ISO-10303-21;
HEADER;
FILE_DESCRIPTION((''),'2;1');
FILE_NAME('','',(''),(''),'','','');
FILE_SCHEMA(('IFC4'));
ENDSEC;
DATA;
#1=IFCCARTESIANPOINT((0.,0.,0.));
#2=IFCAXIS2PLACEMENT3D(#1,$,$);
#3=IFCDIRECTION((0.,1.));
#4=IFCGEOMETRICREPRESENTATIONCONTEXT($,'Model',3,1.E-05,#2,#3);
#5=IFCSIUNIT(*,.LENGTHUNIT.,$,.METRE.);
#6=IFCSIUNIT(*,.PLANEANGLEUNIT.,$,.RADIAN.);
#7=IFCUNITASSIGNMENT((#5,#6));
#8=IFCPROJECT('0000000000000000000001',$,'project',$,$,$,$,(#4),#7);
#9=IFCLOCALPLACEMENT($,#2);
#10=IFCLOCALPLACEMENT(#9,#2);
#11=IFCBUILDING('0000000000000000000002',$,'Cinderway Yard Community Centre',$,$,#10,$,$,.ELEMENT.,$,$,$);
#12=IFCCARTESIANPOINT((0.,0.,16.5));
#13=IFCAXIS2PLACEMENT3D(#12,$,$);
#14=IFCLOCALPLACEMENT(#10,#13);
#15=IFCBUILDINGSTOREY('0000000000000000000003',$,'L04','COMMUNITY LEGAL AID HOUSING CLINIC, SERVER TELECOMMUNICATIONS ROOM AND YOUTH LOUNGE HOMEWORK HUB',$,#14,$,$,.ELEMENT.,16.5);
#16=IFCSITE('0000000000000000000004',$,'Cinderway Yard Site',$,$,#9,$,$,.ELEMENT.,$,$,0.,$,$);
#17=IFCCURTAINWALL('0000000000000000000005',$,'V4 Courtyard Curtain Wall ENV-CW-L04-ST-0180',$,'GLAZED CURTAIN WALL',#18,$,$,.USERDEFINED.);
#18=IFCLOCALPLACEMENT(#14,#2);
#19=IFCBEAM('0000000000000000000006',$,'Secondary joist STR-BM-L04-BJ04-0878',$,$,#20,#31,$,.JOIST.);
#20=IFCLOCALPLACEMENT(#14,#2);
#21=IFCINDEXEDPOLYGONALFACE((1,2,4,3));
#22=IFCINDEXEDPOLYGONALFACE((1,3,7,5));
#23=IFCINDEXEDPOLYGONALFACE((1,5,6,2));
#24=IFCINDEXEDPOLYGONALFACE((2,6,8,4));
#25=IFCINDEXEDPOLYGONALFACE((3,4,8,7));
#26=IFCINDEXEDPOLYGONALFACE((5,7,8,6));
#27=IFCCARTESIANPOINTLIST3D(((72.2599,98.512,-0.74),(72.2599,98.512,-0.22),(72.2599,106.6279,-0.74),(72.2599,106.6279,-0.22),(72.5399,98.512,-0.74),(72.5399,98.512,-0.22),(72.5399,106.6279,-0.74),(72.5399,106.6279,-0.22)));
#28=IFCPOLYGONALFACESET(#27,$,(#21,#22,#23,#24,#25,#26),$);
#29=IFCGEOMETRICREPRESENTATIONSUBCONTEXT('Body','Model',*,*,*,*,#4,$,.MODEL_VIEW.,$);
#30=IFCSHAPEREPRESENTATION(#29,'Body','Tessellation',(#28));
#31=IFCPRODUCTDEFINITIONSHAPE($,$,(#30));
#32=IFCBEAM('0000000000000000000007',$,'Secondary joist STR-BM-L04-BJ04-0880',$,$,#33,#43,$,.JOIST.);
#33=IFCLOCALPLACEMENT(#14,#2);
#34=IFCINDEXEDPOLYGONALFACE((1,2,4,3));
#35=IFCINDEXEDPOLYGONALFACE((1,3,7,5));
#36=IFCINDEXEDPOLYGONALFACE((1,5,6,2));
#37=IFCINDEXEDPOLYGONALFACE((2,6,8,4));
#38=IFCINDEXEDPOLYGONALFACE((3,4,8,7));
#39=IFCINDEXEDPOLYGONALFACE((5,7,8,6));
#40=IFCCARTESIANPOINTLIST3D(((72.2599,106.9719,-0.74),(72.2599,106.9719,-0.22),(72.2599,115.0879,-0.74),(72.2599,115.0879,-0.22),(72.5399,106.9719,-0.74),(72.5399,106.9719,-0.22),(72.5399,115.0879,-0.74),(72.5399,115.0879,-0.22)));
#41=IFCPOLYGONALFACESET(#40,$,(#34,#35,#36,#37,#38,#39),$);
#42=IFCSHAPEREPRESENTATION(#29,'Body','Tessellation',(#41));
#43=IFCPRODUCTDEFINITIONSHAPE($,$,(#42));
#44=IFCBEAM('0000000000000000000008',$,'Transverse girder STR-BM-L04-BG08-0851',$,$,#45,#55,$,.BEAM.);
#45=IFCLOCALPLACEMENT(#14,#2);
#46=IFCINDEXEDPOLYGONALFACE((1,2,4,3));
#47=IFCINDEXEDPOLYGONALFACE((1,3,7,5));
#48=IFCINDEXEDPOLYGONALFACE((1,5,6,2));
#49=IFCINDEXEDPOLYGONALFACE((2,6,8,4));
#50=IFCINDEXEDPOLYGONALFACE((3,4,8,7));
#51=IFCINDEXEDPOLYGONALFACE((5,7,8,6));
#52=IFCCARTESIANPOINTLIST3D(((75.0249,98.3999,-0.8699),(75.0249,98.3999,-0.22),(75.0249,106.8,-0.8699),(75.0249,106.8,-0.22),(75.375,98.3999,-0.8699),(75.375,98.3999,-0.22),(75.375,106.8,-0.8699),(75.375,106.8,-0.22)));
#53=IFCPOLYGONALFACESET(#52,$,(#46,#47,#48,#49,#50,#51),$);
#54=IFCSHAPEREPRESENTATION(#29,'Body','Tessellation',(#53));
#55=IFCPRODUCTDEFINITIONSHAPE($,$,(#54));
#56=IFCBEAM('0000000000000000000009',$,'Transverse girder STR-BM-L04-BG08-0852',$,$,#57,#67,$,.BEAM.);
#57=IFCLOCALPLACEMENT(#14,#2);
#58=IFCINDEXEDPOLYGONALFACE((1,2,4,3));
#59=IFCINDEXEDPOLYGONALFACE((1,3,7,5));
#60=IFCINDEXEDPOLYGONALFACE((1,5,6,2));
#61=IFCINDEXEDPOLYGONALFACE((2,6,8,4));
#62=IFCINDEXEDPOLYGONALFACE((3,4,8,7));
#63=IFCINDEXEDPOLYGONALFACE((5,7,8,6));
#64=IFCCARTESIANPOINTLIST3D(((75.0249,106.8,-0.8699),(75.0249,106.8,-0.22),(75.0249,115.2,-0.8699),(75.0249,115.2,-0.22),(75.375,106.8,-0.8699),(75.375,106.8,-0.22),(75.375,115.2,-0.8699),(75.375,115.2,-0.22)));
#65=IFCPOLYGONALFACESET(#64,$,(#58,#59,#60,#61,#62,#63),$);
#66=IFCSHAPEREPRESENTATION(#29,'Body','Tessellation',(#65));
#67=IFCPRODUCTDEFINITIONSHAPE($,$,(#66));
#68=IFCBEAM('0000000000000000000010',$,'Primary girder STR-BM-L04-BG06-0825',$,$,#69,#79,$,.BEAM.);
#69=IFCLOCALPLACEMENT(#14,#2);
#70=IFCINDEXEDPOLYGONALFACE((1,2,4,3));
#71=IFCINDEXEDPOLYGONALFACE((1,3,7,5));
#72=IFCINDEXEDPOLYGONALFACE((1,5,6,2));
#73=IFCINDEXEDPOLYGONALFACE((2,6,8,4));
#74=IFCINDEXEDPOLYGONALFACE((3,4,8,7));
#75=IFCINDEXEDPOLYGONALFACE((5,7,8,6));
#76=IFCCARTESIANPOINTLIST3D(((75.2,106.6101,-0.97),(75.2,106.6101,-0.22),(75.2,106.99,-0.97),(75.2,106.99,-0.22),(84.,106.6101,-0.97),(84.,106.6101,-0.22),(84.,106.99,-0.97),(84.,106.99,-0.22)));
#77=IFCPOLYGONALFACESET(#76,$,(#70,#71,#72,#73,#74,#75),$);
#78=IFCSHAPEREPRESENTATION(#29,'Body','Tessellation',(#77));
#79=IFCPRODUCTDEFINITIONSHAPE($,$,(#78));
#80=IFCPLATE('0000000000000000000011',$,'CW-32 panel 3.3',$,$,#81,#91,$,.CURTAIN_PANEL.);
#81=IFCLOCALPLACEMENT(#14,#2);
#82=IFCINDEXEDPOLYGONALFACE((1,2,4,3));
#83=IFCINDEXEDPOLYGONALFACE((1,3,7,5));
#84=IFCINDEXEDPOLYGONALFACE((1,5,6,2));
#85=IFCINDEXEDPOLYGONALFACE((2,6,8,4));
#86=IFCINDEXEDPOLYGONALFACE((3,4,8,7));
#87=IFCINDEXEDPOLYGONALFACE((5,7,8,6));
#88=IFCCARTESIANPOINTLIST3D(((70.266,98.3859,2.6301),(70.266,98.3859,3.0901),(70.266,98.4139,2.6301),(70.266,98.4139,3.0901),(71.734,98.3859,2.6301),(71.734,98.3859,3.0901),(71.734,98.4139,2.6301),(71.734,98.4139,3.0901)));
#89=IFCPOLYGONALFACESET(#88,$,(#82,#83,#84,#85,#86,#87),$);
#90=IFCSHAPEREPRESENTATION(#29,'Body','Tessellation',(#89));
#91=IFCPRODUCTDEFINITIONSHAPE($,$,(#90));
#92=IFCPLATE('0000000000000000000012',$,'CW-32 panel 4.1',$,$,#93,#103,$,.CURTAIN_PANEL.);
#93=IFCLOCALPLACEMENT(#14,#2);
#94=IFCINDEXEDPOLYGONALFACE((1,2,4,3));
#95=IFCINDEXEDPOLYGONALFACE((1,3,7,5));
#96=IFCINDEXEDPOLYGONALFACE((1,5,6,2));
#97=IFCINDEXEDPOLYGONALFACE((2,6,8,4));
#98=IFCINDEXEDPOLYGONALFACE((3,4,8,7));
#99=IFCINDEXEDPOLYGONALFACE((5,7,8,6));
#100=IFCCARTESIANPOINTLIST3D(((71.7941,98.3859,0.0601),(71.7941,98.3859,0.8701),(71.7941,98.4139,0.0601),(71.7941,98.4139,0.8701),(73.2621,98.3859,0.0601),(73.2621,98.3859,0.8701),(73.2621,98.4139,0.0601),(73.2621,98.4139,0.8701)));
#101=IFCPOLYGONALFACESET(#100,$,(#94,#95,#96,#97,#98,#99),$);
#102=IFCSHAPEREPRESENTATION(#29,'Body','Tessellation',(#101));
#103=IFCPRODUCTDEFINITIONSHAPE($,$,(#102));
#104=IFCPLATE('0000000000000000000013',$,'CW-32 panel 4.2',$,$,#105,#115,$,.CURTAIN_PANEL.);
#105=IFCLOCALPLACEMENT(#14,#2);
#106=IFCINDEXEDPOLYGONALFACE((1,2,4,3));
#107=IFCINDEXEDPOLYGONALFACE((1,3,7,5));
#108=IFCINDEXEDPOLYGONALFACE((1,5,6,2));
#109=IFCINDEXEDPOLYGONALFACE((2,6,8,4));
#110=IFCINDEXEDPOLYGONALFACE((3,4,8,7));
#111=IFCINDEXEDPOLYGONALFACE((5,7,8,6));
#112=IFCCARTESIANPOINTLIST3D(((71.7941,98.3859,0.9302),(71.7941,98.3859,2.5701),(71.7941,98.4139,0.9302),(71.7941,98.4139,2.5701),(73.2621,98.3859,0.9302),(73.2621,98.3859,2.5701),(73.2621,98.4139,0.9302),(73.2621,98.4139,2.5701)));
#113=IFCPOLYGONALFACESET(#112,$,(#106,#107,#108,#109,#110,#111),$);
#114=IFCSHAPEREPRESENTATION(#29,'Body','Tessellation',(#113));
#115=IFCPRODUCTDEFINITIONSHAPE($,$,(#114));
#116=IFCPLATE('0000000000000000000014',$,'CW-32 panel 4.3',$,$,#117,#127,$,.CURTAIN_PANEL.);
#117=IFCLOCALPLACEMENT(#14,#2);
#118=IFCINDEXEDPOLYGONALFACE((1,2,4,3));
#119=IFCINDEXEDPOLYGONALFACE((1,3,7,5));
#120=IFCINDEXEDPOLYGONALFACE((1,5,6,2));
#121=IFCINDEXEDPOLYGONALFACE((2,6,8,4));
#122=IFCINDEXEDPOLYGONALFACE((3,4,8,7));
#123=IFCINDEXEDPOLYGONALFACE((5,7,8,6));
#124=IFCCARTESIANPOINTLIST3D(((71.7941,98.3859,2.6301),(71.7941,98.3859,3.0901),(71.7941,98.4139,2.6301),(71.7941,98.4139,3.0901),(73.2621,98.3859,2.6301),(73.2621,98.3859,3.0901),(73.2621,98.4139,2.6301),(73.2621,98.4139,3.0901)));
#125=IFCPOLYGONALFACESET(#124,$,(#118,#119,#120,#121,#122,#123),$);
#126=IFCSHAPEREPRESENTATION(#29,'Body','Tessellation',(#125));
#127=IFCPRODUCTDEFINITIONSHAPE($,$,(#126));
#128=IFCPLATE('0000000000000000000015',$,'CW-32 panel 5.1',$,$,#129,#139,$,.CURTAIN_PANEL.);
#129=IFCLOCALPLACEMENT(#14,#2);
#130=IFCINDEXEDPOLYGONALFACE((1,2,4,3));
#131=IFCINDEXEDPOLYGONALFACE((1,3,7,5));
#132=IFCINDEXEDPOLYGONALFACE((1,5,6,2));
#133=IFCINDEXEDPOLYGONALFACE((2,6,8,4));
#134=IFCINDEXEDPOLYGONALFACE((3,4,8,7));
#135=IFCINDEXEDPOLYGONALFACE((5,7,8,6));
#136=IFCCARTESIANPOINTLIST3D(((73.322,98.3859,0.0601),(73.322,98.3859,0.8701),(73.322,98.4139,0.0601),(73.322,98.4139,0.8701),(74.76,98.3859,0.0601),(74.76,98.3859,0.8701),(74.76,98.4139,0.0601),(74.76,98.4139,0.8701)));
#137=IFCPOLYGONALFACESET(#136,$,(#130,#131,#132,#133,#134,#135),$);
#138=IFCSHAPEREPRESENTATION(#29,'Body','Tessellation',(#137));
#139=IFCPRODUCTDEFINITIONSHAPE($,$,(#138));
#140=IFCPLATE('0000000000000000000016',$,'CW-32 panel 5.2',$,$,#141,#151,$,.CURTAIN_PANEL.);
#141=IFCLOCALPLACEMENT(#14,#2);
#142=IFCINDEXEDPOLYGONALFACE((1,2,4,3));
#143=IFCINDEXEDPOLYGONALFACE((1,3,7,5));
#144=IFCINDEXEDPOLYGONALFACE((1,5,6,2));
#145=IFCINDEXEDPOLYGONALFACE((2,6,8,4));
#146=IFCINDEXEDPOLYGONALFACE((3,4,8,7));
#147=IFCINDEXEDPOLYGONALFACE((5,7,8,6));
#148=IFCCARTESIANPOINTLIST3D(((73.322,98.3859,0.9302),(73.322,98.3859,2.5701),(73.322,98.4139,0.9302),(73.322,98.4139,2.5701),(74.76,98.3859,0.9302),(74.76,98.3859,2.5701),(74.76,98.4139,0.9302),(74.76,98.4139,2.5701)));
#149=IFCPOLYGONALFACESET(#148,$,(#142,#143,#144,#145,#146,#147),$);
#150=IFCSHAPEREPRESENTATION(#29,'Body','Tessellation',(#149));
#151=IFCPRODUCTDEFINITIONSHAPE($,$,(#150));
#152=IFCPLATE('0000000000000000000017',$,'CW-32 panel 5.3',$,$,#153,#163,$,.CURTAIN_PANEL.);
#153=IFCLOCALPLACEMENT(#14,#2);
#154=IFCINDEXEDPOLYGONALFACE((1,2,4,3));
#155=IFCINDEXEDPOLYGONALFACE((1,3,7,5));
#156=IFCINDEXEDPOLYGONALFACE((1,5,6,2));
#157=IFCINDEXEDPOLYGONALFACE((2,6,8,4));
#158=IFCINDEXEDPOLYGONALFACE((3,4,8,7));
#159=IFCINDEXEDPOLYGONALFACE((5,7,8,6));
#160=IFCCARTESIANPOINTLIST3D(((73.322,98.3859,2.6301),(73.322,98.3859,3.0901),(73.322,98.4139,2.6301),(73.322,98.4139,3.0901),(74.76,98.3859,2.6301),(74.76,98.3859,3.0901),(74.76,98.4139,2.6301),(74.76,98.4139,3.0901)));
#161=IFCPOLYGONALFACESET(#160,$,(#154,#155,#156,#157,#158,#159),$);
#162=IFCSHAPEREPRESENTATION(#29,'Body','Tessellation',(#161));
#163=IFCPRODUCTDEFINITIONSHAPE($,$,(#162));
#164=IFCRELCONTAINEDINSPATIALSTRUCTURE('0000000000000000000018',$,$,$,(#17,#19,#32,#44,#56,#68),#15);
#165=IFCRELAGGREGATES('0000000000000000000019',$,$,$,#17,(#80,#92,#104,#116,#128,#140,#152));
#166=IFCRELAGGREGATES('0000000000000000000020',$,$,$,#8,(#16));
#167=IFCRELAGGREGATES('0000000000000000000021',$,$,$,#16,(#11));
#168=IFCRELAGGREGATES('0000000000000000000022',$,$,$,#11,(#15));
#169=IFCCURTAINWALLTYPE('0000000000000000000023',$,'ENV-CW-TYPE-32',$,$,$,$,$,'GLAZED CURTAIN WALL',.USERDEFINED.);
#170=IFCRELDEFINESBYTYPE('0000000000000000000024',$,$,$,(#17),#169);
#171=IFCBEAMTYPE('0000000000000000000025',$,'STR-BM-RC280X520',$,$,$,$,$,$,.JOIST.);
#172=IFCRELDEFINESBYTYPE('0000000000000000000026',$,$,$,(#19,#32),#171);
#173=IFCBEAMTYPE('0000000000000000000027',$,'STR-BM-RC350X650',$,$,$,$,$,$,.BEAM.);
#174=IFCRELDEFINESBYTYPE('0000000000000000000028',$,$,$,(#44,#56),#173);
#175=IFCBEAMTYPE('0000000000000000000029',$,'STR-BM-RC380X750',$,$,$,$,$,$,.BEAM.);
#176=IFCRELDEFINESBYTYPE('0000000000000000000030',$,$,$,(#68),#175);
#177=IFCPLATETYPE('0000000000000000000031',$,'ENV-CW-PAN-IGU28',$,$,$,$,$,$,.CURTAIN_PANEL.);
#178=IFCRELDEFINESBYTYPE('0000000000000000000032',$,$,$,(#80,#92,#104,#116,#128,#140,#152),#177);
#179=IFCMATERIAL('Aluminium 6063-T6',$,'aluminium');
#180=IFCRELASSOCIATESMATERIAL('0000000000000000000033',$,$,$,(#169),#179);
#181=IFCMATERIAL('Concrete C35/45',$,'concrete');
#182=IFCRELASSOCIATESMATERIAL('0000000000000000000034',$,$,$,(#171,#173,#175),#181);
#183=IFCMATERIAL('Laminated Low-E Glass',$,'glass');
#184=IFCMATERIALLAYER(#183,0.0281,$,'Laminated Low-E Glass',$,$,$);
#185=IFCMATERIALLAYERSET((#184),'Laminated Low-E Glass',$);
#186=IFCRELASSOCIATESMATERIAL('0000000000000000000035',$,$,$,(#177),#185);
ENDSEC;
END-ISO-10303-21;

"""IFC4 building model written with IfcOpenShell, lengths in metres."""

from ifc_helpers import new_model, si_unit, direction, frame, origin, origin_2d, place, context, subcontext, project, spatial, rectangle, extrude, material, layer, layer_set, material_profile, profile_set, type_object, element, aggregate, save


model = new_model("IFC4")

# Units and contexts
model_context = context("Model", 3, precision=1e-05, world=origin(), true_north=direction((0.0, 1.0)))
body_context = subcontext(model_context, "Body", "Model", "MODEL_VIEW")
ifc_project = project(units=[si_unit("LENGTHUNIT", "METRE"), si_unit("PLANEANGLEUNIT", "RADIAN")], contexts=[model_context])

# Site, building, storey
site_placement = place(None, origin())
site = spatial("IfcSite", under=ifc_project, at=site_placement, Name="Cinderway Yard Site", CompositionType="ELEMENT", RefElevation=0.0)
building_placement = place(site_placement, origin())
building = spatial("IfcBuilding", under=site, at=building_placement, Name="Cinderway Yard Community Centre", CompositionType="ELEMENT")
storey_placement = place(building_placement, frame((0.0, 0.0, 16.5)))
storey = spatial("IfcBuildingStorey", under=building, at=storey_placement, Name="L04", Description="COMMUNITY LEGAL AID HOUSING CLINIC, SERVER TELECOMMUNICATIONS ROOM AND YOUTH LOUNGE HOMEWORK HUB", CompositionType="ELEMENT", Elevation=16.5)

# Curtain wall
ifc_material_1 = material(Name="Aluminium 6063-T6", Category="aluminium")
curtain_wall_type = type_object("IfcCurtainWallType", Name="ENV-CW-TYPE-32", ElementType="GLAZED CURTAIN WALL", PredefinedType="USERDEFINED", material=ifc_material_1)
curtain_wall_placement = place(storey_placement, origin())
curtain_wall = element("IfcCurtainWall", 1, at=curtain_wall_placement, inside=storey, type_object=curtain_wall_type, Name="V4 Courtyard Curtain Wall ENV-CW-L04-ST-0180", ObjectType="GLAZED CURTAIN WALL", PredefinedType="USERDEFINED")

# Beams
ifc_material_2 = material(Name="Concrete C35/45", Category="concrete")
ifc_material_profile_1 = material_profile(ifc_material_2, rectangle(XDim=0.28, YDim=0.52, at=origin_2d()), Name="Concrete C35/45")
ifc_profile_set_1 = profile_set([ifc_material_profile_1], Name="Concrete C35/45")
beam_type_1 = type_object("IfcBeamType", Name="STR-BM-RC280X520", PredefinedType="JOIST", material=ifc_profile_set_1)
for number, where, z_axis, x_axis, name in (
    (2, (72.3999, 98.512, -0.48), (0.0, 1.0, 0.0), (-1.0, 0.0, 0.0), "Secondary joist STR-BM-L04-BJ04-0878"),
    (3, (72.3999, 106.9719, -0.48), (0.0, 1.0, 0.0), (-1.0, 0.0, 0.0), "Secondary joist STR-BM-L04-BJ04-0880"),
):
    element("IfcBeam", number, at=place(storey_placement, frame(where, z_axis=z_axis, x_axis=x_axis)), inside=storey, type_object=beam_type_1, Name=name, PredefinedType="JOIST", context=body_context, shape_type="SweptSolid", body=[
        extrude(rectangle(XDim=0.28, YDim=0.52, at=origin_2d()), origin(), (0.0, 0.0, 1.0), 8.116),
    ])
ifc_material_profile_2 = material_profile(ifc_material_2, rectangle(XDim=0.3501, YDim=0.6499, at=origin_2d()), Name="Concrete C35/45")
ifc_profile_set_2 = profile_set([ifc_material_profile_2], Name="Concrete C35/45")
beam_type_2 = type_object("IfcBeamType", Name="STR-BM-RC350X650", PredefinedType="BEAM", material=ifc_profile_set_2)
beam_1_placement = place(storey_placement, frame((75.2, 98.3999, -0.5449), z_axis=(0.0, 1.0, 0.0), x_axis=(-1.0, 0.0, 0.0)))
element("IfcBeam", 4, at=beam_1_placement, inside=storey, type_object=beam_type_2, Name="Transverse girder STR-BM-L04-BG08-0851", PredefinedType="BEAM", context=body_context, shape_type="SweptSolid", body=[
    extrude(rectangle(XDim=0.3501, YDim=0.6499, at=origin_2d()), origin(), (0.0, 0.0, 1.0), 8.4001),
])
beam_2_placement = place(storey_placement, frame((75.2, 106.8, -0.5449), z_axis=(0.0, 1.0, 0.0), x_axis=(-1.0, 0.0, 0.0)))
element("IfcBeam", 5, at=beam_2_placement, inside=storey, type_object=beam_type_2, Name="Transverse girder STR-BM-L04-BG08-0852", PredefinedType="BEAM", context=body_context, shape_type="SweptSolid", body=[
    extrude(rectangle(XDim=0.3501, YDim=0.6499, at=origin_2d()), origin(), (0.0, 0.0, 1.0), 8.3999),
])
ifc_material_profile_3 = material_profile(ifc_material_2, rectangle(XDim=0.3799, YDim=0.75, at=origin_2d()), Name="Concrete C35/45")
ifc_profile_set_3 = profile_set([ifc_material_profile_3], Name="Concrete C35/45")
beam_type_3 = type_object("IfcBeamType", Name="STR-BM-RC380X750", PredefinedType="BEAM", material=ifc_profile_set_3)
beam_3_placement = place(storey_placement, frame((75.2, 106.8, -0.595), z_axis=(1.0, 0.0, 0.0), x_axis=(0.0, 1.0, 0.0)))
element("IfcBeam", 6, at=beam_3_placement, inside=storey, type_object=beam_type_3, Name="Primary girder STR-BM-L04-BG06-0825", PredefinedType="BEAM", context=body_context, shape_type="SweptSolid", body=[
    extrude(rectangle(XDim=0.3799, YDim=0.75, at=origin_2d()), origin(), (0.0, 0.0, 1.0), 8.8),
])

# Plates
ifc_material_3 = material(Name="Laminated Low-E Glass", Category="glass")
ifc_layer_1 = layer(ifc_material_3, 0.0281, Name="Laminated Low-E Glass")
ifc_layer_set_1 = layer_set([ifc_layer_1], Name="Laminated Low-E Glass")
plate_type = type_object("IfcPlateType", Name="ENV-CW-PAN-IGU28", PredefinedType="CURTAIN_PANEL", material=ifc_layer_set_1)
plate_1_placement = place(storey_placement, frame((71.0, 98.3999, 2.6301), z_axis=(0.0, 0.0, 1.0), x_axis=(1.0, 0.0, 0.0)))
plate_1 = element("IfcPlate", 7, at=plate_1_placement, type_object=plate_type, Name="CW-32 panel 3.3", PredefinedType="CURTAIN_PANEL", context=body_context, shape_type="SweptSolid", body=[
    extrude(rectangle(XDim=1.468, YDim=0.0281, at=origin_2d()), origin(), (0.0, 0.0, 1.0), 0.46),
])
plate_2_placement = place(storey_placement, frame((72.5281, 98.3999, 0.0601), z_axis=(0.0, 0.0, 1.0), x_axis=(1.0, 0.0, 0.0)))
plate_2 = element("IfcPlate", 8, at=plate_2_placement, type_object=plate_type, Name="CW-32 panel 4.1", PredefinedType="CURTAIN_PANEL", context=body_context, shape_type="SweptSolid", body=[
    extrude(rectangle(XDim=1.468, YDim=0.0281, at=origin_2d()), origin(), (0.0, 0.0, 1.0), 0.8101),
])
plate_3_placement = place(storey_placement, frame((72.5281, 98.3999, 0.9302), z_axis=(0.0, 0.0, 1.0), x_axis=(1.0, 0.0, 0.0)))
plate_3 = element("IfcPlate", 9, at=plate_3_placement, type_object=plate_type, Name="CW-32 panel 4.2", PredefinedType="CURTAIN_PANEL", context=body_context, shape_type="SweptSolid", body=[
    extrude(rectangle(XDim=1.468, YDim=0.0281, at=origin_2d()), origin(), (0.0, 0.0, 1.0), 1.6399),
])
plate_4_placement = place(storey_placement, frame((72.5281, 98.3999, 2.6301), z_axis=(0.0, 0.0, 1.0), x_axis=(1.0, 0.0, 0.0)))
plate_4 = element("IfcPlate", 10, at=plate_4_placement, type_object=plate_type, Name="CW-32 panel 4.3", PredefinedType="CURTAIN_PANEL", context=body_context, shape_type="SweptSolid", body=[
    extrude(rectangle(XDim=1.468, YDim=0.0281, at=origin_2d()), origin(), (0.0, 0.0, 1.0), 0.46),
])
plate_5_placement = place(storey_placement, frame((74.041, 98.3999, 0.0601), z_axis=(0.0, 0.0, 1.0), x_axis=(1.0, 0.0, 0.0)))
plate_5 = element("IfcPlate", 11, at=plate_5_placement, type_object=plate_type, Name="CW-32 panel 5.1", PredefinedType="CURTAIN_PANEL", context=body_context, shape_type="SweptSolid", body=[
    extrude(rectangle(XDim=1.438, YDim=0.0281, at=origin_2d()), origin(), (0.0, 0.0, 1.0), 0.8101),
])
plate_6_placement = place(storey_placement, frame((74.041, 98.3999, 0.9302), z_axis=(0.0, 0.0, 1.0), x_axis=(1.0, 0.0, 0.0)))
plate_6 = element("IfcPlate", 12, at=plate_6_placement, type_object=plate_type, Name="CW-32 panel 5.2", PredefinedType="CURTAIN_PANEL", context=body_context, shape_type="SweptSolid", body=[
    extrude(rectangle(XDim=1.438, YDim=0.0281, at=origin_2d()), origin(), (0.0, 0.0, 1.0), 1.6399),
])
plate_7_placement = place(storey_placement, frame((74.041, 98.3999, 2.6301), z_axis=(0.0, 0.0, 1.0), x_axis=(1.0, 0.0, 0.0)))
plate_7 = element("IfcPlate", 13, at=plate_7_placement, type_object=plate_type, Name="CW-32 panel 5.3", PredefinedType="CURTAIN_PANEL", context=body_context, shape_type="SweptSolid", body=[
    extrude(rectangle(XDim=1.438, YDim=0.0281, at=origin_2d()), origin(), (0.0, 0.0, 1.0), 0.46),
])
aggregate(curtain_wall, [plate_1, plate_2, plate_3, plate_4, plate_5, plate_6, plate_7])

save(model, "model.ifc")
